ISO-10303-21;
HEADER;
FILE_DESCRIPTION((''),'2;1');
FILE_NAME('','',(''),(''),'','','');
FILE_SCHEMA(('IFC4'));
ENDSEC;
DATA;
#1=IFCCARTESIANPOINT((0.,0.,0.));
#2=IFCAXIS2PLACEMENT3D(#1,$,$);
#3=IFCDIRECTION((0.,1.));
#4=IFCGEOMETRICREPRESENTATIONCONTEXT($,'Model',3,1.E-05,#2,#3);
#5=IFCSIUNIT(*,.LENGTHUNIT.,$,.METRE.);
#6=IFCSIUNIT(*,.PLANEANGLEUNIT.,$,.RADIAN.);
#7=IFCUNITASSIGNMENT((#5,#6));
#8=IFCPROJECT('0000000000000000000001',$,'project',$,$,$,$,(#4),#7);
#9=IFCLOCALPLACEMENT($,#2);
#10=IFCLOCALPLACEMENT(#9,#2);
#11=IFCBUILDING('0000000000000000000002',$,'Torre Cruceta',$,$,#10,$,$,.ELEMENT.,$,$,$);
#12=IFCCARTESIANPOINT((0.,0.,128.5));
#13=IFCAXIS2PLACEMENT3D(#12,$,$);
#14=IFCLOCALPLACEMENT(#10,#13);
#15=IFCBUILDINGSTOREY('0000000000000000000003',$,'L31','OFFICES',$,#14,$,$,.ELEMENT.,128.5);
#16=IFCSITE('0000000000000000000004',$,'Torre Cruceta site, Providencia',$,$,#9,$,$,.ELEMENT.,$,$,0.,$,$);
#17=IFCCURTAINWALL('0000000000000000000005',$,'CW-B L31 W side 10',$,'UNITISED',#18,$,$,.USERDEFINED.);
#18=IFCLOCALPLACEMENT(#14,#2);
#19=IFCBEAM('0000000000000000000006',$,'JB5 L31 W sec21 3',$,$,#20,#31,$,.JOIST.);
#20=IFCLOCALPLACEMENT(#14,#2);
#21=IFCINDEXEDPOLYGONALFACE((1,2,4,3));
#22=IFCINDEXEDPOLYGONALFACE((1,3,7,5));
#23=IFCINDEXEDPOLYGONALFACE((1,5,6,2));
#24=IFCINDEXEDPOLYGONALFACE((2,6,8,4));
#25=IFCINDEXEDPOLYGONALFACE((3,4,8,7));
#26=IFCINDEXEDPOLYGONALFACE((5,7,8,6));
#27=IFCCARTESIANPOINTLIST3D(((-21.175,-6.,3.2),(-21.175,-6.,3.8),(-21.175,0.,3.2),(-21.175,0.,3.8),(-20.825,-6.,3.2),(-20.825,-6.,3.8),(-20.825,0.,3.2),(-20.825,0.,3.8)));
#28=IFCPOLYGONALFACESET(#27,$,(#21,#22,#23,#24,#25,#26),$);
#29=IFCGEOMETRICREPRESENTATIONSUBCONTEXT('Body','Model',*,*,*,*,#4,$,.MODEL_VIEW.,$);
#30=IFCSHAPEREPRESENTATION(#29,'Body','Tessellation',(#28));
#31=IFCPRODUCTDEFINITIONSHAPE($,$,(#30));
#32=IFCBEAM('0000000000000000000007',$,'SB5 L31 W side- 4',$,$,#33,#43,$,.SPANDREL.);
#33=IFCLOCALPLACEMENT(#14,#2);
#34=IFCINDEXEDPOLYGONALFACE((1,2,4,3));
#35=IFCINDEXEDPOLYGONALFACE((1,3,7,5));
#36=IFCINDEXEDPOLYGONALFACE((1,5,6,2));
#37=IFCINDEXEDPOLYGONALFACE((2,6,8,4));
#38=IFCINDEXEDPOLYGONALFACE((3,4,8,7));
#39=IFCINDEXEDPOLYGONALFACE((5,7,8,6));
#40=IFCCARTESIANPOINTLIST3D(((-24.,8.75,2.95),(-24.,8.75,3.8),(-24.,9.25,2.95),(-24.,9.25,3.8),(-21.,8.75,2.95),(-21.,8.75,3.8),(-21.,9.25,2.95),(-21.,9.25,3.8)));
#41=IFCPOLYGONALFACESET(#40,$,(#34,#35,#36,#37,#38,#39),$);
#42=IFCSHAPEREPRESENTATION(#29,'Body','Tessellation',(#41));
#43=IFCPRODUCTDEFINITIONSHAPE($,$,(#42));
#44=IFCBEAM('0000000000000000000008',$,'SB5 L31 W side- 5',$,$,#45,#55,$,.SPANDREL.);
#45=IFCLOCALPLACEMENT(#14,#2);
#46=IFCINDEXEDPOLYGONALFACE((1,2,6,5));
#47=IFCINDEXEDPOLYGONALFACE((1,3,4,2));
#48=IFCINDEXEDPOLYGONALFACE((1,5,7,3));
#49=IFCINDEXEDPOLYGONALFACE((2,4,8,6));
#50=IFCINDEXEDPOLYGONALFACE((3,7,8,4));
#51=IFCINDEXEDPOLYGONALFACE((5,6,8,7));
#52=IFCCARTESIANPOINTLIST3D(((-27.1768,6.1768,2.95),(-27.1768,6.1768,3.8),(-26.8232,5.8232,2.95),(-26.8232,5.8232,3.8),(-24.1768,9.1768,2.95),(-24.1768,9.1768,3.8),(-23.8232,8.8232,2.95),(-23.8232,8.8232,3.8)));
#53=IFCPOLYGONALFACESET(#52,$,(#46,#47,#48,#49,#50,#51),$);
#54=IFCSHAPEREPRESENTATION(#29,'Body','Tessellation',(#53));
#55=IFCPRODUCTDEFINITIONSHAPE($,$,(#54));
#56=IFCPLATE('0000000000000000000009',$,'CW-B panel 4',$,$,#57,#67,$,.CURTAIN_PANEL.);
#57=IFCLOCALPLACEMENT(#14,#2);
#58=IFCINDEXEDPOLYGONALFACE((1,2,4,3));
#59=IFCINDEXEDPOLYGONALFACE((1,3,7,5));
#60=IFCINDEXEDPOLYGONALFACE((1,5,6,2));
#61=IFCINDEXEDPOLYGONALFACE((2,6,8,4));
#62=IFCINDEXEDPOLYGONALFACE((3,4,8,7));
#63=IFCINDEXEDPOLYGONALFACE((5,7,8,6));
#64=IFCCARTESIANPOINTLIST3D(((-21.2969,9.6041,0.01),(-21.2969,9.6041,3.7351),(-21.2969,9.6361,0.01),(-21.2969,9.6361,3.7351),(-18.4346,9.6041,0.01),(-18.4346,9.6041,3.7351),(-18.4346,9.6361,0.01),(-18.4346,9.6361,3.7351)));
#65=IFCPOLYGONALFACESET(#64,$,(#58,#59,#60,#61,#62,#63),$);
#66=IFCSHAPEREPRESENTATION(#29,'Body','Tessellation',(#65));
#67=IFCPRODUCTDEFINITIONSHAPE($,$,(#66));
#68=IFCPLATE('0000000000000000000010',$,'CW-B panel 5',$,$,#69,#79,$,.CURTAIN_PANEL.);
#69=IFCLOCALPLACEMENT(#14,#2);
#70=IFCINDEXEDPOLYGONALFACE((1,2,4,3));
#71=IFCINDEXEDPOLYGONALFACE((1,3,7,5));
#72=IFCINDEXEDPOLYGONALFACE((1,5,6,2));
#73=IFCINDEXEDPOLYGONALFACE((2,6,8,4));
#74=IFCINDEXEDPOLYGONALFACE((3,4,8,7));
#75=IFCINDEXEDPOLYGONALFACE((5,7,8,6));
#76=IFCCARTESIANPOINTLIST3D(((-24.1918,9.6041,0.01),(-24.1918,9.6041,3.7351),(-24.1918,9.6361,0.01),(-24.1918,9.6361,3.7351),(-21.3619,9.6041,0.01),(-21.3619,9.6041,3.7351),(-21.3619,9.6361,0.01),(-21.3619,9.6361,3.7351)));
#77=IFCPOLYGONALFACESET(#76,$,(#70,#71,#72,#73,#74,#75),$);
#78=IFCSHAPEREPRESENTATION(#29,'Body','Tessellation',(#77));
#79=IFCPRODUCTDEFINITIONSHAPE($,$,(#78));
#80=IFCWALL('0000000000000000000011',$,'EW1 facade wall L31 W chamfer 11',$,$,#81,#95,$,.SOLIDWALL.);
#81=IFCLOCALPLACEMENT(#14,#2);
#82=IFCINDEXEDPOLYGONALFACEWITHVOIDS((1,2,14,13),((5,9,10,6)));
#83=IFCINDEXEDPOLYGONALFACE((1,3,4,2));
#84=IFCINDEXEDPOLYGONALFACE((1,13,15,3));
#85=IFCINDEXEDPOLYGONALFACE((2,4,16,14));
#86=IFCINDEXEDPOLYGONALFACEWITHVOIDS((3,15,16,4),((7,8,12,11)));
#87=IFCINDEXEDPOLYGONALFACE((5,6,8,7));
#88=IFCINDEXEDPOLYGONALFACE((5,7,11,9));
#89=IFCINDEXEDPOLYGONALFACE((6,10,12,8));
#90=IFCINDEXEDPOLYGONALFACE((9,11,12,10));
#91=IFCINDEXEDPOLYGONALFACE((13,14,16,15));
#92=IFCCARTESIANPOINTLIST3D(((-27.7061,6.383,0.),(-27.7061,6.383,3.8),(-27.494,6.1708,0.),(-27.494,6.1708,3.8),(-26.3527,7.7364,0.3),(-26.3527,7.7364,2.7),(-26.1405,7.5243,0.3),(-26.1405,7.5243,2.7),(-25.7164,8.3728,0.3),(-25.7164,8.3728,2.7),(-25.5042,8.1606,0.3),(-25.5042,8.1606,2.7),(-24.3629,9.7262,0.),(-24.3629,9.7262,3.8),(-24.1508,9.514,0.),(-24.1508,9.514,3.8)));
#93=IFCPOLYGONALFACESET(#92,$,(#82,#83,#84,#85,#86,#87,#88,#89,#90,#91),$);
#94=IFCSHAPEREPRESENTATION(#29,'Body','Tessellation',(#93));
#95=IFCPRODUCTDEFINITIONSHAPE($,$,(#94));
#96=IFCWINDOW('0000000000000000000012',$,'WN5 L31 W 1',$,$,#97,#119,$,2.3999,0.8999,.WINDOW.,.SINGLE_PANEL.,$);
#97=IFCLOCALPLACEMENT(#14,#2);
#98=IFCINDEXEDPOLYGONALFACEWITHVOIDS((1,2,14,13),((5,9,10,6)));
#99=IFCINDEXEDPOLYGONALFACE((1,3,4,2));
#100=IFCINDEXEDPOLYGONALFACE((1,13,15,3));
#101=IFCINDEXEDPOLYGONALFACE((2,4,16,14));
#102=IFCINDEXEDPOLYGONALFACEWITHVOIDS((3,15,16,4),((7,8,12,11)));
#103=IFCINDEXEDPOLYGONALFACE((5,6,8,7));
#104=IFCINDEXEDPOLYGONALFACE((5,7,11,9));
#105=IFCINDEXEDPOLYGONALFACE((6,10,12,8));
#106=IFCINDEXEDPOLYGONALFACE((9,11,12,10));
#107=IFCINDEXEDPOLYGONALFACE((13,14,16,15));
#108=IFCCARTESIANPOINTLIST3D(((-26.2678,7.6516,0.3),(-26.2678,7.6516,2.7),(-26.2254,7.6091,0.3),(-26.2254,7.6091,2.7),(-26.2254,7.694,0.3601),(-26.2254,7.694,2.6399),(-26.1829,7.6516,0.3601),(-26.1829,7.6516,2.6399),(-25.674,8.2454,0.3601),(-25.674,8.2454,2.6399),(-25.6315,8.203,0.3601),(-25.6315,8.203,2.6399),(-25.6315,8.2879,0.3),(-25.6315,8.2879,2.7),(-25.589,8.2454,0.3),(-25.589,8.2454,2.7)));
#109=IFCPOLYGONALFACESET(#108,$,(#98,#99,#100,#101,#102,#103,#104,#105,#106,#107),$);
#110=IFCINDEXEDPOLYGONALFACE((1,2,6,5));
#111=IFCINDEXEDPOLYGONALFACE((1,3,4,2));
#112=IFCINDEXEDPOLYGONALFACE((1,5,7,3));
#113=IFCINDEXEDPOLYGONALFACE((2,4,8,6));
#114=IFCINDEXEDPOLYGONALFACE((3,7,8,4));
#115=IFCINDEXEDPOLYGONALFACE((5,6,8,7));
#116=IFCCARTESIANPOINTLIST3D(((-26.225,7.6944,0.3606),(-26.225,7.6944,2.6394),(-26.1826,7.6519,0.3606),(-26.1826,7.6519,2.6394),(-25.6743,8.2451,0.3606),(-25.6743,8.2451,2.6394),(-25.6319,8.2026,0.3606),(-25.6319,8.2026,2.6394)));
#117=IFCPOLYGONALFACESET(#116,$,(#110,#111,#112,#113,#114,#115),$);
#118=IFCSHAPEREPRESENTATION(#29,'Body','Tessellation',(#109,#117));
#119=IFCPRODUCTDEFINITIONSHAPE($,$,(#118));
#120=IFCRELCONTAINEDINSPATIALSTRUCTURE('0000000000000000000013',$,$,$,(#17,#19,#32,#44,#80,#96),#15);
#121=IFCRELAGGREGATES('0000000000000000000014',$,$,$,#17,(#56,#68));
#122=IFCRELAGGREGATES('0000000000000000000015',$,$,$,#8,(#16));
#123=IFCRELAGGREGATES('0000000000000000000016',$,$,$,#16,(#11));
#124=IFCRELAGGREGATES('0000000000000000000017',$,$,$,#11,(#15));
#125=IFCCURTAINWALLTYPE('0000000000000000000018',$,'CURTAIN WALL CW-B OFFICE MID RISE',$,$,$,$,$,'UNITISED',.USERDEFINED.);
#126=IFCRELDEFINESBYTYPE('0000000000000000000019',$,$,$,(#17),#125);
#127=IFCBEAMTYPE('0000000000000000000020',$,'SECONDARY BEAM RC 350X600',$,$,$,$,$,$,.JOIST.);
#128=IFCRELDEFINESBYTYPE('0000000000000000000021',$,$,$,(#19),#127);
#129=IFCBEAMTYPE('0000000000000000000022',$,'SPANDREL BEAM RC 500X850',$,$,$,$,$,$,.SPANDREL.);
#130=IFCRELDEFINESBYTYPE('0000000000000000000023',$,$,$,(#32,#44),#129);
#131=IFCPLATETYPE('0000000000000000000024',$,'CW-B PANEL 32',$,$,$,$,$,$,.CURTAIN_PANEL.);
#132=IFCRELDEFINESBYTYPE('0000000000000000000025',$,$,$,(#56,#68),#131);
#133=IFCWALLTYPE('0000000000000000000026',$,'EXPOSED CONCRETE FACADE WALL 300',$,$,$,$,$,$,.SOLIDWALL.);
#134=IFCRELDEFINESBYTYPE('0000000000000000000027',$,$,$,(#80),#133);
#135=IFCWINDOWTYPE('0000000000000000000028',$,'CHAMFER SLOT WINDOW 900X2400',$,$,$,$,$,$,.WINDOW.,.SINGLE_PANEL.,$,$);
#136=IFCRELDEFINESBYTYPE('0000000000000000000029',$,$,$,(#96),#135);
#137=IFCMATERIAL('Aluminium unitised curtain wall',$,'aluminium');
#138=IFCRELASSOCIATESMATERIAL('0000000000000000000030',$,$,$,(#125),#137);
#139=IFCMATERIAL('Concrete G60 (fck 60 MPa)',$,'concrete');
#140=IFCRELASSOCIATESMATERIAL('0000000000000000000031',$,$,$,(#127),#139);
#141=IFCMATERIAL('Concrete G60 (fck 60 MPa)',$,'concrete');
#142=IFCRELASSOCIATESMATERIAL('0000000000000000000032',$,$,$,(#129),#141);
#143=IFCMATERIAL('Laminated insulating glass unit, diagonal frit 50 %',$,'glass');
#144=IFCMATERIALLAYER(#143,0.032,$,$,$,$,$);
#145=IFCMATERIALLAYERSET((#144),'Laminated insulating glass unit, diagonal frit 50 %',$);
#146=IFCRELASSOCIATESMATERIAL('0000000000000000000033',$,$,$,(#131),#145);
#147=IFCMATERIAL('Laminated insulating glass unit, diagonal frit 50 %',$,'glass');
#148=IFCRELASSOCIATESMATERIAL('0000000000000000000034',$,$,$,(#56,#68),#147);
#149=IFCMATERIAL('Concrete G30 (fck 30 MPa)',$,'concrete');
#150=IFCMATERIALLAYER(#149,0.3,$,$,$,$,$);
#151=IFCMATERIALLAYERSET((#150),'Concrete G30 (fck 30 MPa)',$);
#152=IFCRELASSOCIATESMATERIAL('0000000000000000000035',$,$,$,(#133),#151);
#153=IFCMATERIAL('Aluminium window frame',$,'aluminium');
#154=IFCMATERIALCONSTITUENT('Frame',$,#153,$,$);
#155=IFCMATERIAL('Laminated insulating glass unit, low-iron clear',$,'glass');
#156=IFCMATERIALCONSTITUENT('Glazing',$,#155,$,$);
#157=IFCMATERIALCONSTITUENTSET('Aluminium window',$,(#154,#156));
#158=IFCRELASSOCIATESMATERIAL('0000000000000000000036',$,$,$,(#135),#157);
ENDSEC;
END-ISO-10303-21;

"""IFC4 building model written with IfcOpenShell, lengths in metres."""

from ifc_helpers import new_model, si_unit, direction, frame, frame_2d, origin, origin_2d, place, context, subcontext, project, spatial, rectangle, hollow_rectangle, extrude, material, layer, layer_set, constituent, constituent_set, material_profile, profile_set, type_object, element, fill, aggregate, save


model = new_model("IFC4")

# Units and contexts
model_context = context("Model", 3, precision=1e-05, world=origin(), true_north=direction((0.0, 1.0)))
body_context = subcontext(model_context, "Body", "Model", "MODEL_VIEW")
ifc_project = project(units=[si_unit("LENGTHUNIT", "METRE"), si_unit("PLANEANGLEUNIT", "RADIAN")], contexts=[model_context])

# Site, building, storey
site_placement = place(None, origin())
site = spatial("IfcSite", under=ifc_project, at=site_placement, Name="Torre Cruceta site, Providencia", CompositionType="ELEMENT", RefElevation=0.0)
building_placement = place(site_placement, origin())
building = spatial("IfcBuilding", under=site, at=building_placement, Name="Torre Cruceta", CompositionType="ELEMENT")
storey_placement = place(building_placement, frame((0.0, 0.0, 128.5)))
storey = spatial("IfcBuildingStorey", under=building, at=storey_placement, Name="L31", Description="OFFICES", CompositionType="ELEMENT", Elevation=128.5)

# Curtain wall
ifc_material_1 = material(Name="Aluminium unitised curtain wall", Category="aluminium")
curtain_wall_type = type_object("IfcCurtainWallType", Name="CURTAIN WALL CW-B OFFICE MID RISE", ElementType="UNITISED", PredefinedType="USERDEFINED", material=ifc_material_1)
curtain_wall_placement = place(storey_placement, origin())
curtain_wall = element("IfcCurtainWall", 1, at=curtain_wall_placement, inside=storey, type_object=curtain_wall_type, Name="CW-B L31 W side 10", ObjectType="UNITISED", PredefinedType="USERDEFINED")

# Beams
ifc_material_2 = material(Name="Concrete G60 (fck 60 MPa)", Category="concrete")
ifc_material_profile_1 = material_profile(ifc_material_2, rectangle(XDim=0.3501, YDim=0.6001, at=origin_2d()), Name="RC 350X600")
ifc_profile_set_1 = profile_set([ifc_material_profile_1], Name="Concrete G60 (fck 60 MPa)")
beam_type_1 = type_object("IfcBeamType", Name="SECONDARY BEAM RC 350X600", PredefinedType="JOIST", material=ifc_profile_set_1)
for number, where, z_axis, x_axis, name in (
    (2, (-21.0, 0.0, 3.5), (0.0, -1.0, 0.0), (1.0, 0.0, 0.0), "JB5 L31 W sec21 3"),
):
    element("IfcBeam", number, at=place(storey_placement, frame(where, z_axis=z_axis, x_axis=x_axis)), inside=storey, type_object=beam_type_1, Name=name, PredefinedType="JOIST", context=body_context, shape_type="SweptSolid", body=[
        extrude(rectangle(XDim=0.3501, YDim=0.6001, at=origin_2d()), origin(), (0.0, 0.0, 1.0), 6.0),
    ])
ifc_material_3 = material(Name="Concrete G60 (fck 60 MPa)", Category="concrete")
ifc_material_profile_2 = material_profile(ifc_material_3, rectangle(XDim=0.5, YDim=0.8501, at=origin_2d()), Name="RC 500X850")
ifc_profile_set_2 = profile_set([ifc_material_profile_2], Name="Concrete G60 (fck 60 MPa)")
beam_type_2 = type_object("IfcBeamType", Name="SPANDREL BEAM RC 500X850", PredefinedType="SPANDREL", material=ifc_profile_set_2)
beam_1_placement = place(storey_placement, frame((-21.0, 9.0, 3.375), z_axis=(-1.0, 0.0, 0.0), x_axis=(0.0, -1.0, 0.0)))
element("IfcBeam", 3, at=beam_1_placement, inside=storey, type_object=beam_type_2, Name="SB5 L31 W side- 4", PredefinedType="SPANDREL", context=body_context, shape_type="SweptSolid", body=[
    extrude(rectangle(XDim=0.5, YDim=0.8501, at=origin_2d()), origin(), (0.0, 0.0, 1.0), 3.0),
])
beam_2_placement = place(storey_placement, frame((-24.0, 9.0, 3.375), z_axis=(-0.707107, -0.707107, 0.0), x_axis=(0.707107, -0.707107, 0.0)))
element("IfcBeam", 4, at=beam_2_placement, inside=storey, type_object=beam_type_2, Name="SB5 L31 W side- 5", PredefinedType="SPANDREL", context=body_context, shape_type="SweptSolid", body=[
    extrude(rectangle(XDim=0.5, YDim=0.8501, at=origin_2d()), origin(), (0.0, 0.0, 1.0), 4.2427),
])

# Plates
ifc_material_4 = material(Name="Laminated insulating glass unit, diagonal frit 50 %", Category="glass")
ifc_material_5 = material(Name="Laminated insulating glass unit, diagonal frit 50 %", Category="glass")
ifc_layer_1 = layer(ifc_material_5, 0.032)
ifc_layer_set_1 = layer_set([ifc_layer_1], Name="Laminated insulating glass unit, diagonal frit 50 %")
plate_type = type_object("IfcPlateType", Name="CW-B PANEL 32", PredefinedType="CURTAIN_PANEL", material=ifc_layer_set_1)
plate_1_placement = place(storey_placement, frame((-19.8657, 9.6201, 0.01), z_axis=(0.0, 0.0, 1.0), x_axis=(-1.0, 0.0, 0.0)))
plate_1 = element("IfcPlate", 5, at=plate_1_placement, type_object=plate_type, material=ifc_material_4, Name="CW-B panel 4", PredefinedType="CURTAIN_PANEL", context=body_context, shape_type="SweptSolid", body=[
    extrude(rectangle(XDim=2.8623, YDim=0.032, at=origin_2d()), origin(), (0.0, 0.0, 1.0), 3.7251),
])
plate_2_placement = place(storey_placement, frame((-22.7769, 9.6201, 0.01), z_axis=(0.0, 0.0, 1.0), x_axis=(-1.0, 0.0, 0.0)))
plate_2 = element("IfcPlate", 6, at=plate_2_placement, type_object=plate_type, material=ifc_material_4, Name="CW-B panel 5", PredefinedType="CURTAIN_PANEL", context=body_context, shape_type="SweptSolid", body=[
    extrude(rectangle(XDim=2.8298, YDim=0.032, at=origin_2d()), origin(), (0.0, 0.0, 1.0), 3.7251),
])
aggregate(curtain_wall, [plate_1, plate_2])

# Wall, opening, window
ifc_material_6 = material(Name="Concrete G30 (fck 30 MPa)", Category="concrete")
ifc_layer_2 = layer(ifc_material_6, 0.3)
ifc_layer_set_2 = layer_set([ifc_layer_2], Name="Concrete G30 (fck 30 MPa)")
wall_type_1 = type_object("IfcWallType", Name="EXPOSED CONCRETE FACADE WALL 300", PredefinedType="SOLIDWALL", material=ifc_layer_set_2)
wall_1_placement = place(storey_placement, frame((-24.2568, 9.6201, 0.0), z_axis=(0.0, 0.0, 1.0), x_axis=(-0.707107, -0.707107, 0.0)))
wall_1 = element("IfcWall", 7, at=wall_1_placement, inside=storey, type_object=wall_type_1, Name="EW1 facade wall L31 W chamfer 11", PredefinedType="SOLIDWALL", context=body_context, shape_type="SweptSolid", body=[
    extrude(rectangle(XDim=4.728, YDim=0.3, at=frame_2d((2.364, 0.0))), origin(), (0.0, 0.0, 1.0), 3.8),
])
opening_1_placement = place(wall_1_placement, frame((1.9141, 0.0, 0.3)))
opening_1 = element("IfcOpeningElement", 8, at=opening_1_placement, cuts=wall_1, PredefinedType="OPENING", context=body_context, shape_type="SweptSolid", body=[
    extrude(rectangle(XDim=0.8999, YDim=2.3999, at=frame_2d((0.45, 1.2))), frame((0.0, 0.1599, 0.0), z_axis=(0.0, -1.0, 0.0), x_axis=(1.0, 0.0, 0.0)), (0.0, 0.0, 1.0), 0.3201),
])
ifc_material_7 = material(Name="Aluminium window frame", Category="aluminium")
ifc_constituent_1 = constituent(ifc_material_7, Name="Frame")
ifc_material_8 = material(Name="Laminated insulating glass unit, low-iron clear", Category="glass")
ifc_constituent_2 = constituent(ifc_material_8, Name="Glazing")
ifc_constituent_set_1 = constituent_set(constituents=[ifc_constituent_1, ifc_constituent_2], Name="Aluminium window")
window_type_1 = type_object("IfcWindowType", Name="CHAMFER SLOT WINDOW 900X2400", PartitioningType="SINGLE_PANEL", PredefinedType="WINDOW", material=ifc_constituent_set_1)
window_1_placement = place(opening_1_placement, origin())
window_1 = element("IfcWindow", 9, at=window_1_placement, inside=storey, type_object=window_type_1, Name="WN5 L31 W 1", OverallHeight=2.3999, OverallWidth=0.8999, PartitioningType="SINGLE_PANEL", PredefinedType="WINDOW", context=body_context, shape_type="SweptSolid", body=[
    extrude(hollow_rectangle(XDim=0.8999, YDim=2.3999, WallThickness=0.0601, at=frame_2d((0.45, 1.2))), frame((0.0, 0.03, 0.0), z_axis=(0.0, -1.0, 0.0), x_axis=(1.0, 0.0, 0.0)), (0.0, 0.0, 1.0), 0.0601),
    extrude(rectangle(XDim=0.7788, YDim=2.2788, at=frame_2d((0.45, 1.2))), frame((0.0, 0.03, 0.0), z_axis=(0.0, -1.0, 0.0), x_axis=(1.0, 0.0, 0.0)), (0.0, 0.0, 1.0), 0.0601),
])
fill(opening_1, window_1)

save(model, "model.ifc")
